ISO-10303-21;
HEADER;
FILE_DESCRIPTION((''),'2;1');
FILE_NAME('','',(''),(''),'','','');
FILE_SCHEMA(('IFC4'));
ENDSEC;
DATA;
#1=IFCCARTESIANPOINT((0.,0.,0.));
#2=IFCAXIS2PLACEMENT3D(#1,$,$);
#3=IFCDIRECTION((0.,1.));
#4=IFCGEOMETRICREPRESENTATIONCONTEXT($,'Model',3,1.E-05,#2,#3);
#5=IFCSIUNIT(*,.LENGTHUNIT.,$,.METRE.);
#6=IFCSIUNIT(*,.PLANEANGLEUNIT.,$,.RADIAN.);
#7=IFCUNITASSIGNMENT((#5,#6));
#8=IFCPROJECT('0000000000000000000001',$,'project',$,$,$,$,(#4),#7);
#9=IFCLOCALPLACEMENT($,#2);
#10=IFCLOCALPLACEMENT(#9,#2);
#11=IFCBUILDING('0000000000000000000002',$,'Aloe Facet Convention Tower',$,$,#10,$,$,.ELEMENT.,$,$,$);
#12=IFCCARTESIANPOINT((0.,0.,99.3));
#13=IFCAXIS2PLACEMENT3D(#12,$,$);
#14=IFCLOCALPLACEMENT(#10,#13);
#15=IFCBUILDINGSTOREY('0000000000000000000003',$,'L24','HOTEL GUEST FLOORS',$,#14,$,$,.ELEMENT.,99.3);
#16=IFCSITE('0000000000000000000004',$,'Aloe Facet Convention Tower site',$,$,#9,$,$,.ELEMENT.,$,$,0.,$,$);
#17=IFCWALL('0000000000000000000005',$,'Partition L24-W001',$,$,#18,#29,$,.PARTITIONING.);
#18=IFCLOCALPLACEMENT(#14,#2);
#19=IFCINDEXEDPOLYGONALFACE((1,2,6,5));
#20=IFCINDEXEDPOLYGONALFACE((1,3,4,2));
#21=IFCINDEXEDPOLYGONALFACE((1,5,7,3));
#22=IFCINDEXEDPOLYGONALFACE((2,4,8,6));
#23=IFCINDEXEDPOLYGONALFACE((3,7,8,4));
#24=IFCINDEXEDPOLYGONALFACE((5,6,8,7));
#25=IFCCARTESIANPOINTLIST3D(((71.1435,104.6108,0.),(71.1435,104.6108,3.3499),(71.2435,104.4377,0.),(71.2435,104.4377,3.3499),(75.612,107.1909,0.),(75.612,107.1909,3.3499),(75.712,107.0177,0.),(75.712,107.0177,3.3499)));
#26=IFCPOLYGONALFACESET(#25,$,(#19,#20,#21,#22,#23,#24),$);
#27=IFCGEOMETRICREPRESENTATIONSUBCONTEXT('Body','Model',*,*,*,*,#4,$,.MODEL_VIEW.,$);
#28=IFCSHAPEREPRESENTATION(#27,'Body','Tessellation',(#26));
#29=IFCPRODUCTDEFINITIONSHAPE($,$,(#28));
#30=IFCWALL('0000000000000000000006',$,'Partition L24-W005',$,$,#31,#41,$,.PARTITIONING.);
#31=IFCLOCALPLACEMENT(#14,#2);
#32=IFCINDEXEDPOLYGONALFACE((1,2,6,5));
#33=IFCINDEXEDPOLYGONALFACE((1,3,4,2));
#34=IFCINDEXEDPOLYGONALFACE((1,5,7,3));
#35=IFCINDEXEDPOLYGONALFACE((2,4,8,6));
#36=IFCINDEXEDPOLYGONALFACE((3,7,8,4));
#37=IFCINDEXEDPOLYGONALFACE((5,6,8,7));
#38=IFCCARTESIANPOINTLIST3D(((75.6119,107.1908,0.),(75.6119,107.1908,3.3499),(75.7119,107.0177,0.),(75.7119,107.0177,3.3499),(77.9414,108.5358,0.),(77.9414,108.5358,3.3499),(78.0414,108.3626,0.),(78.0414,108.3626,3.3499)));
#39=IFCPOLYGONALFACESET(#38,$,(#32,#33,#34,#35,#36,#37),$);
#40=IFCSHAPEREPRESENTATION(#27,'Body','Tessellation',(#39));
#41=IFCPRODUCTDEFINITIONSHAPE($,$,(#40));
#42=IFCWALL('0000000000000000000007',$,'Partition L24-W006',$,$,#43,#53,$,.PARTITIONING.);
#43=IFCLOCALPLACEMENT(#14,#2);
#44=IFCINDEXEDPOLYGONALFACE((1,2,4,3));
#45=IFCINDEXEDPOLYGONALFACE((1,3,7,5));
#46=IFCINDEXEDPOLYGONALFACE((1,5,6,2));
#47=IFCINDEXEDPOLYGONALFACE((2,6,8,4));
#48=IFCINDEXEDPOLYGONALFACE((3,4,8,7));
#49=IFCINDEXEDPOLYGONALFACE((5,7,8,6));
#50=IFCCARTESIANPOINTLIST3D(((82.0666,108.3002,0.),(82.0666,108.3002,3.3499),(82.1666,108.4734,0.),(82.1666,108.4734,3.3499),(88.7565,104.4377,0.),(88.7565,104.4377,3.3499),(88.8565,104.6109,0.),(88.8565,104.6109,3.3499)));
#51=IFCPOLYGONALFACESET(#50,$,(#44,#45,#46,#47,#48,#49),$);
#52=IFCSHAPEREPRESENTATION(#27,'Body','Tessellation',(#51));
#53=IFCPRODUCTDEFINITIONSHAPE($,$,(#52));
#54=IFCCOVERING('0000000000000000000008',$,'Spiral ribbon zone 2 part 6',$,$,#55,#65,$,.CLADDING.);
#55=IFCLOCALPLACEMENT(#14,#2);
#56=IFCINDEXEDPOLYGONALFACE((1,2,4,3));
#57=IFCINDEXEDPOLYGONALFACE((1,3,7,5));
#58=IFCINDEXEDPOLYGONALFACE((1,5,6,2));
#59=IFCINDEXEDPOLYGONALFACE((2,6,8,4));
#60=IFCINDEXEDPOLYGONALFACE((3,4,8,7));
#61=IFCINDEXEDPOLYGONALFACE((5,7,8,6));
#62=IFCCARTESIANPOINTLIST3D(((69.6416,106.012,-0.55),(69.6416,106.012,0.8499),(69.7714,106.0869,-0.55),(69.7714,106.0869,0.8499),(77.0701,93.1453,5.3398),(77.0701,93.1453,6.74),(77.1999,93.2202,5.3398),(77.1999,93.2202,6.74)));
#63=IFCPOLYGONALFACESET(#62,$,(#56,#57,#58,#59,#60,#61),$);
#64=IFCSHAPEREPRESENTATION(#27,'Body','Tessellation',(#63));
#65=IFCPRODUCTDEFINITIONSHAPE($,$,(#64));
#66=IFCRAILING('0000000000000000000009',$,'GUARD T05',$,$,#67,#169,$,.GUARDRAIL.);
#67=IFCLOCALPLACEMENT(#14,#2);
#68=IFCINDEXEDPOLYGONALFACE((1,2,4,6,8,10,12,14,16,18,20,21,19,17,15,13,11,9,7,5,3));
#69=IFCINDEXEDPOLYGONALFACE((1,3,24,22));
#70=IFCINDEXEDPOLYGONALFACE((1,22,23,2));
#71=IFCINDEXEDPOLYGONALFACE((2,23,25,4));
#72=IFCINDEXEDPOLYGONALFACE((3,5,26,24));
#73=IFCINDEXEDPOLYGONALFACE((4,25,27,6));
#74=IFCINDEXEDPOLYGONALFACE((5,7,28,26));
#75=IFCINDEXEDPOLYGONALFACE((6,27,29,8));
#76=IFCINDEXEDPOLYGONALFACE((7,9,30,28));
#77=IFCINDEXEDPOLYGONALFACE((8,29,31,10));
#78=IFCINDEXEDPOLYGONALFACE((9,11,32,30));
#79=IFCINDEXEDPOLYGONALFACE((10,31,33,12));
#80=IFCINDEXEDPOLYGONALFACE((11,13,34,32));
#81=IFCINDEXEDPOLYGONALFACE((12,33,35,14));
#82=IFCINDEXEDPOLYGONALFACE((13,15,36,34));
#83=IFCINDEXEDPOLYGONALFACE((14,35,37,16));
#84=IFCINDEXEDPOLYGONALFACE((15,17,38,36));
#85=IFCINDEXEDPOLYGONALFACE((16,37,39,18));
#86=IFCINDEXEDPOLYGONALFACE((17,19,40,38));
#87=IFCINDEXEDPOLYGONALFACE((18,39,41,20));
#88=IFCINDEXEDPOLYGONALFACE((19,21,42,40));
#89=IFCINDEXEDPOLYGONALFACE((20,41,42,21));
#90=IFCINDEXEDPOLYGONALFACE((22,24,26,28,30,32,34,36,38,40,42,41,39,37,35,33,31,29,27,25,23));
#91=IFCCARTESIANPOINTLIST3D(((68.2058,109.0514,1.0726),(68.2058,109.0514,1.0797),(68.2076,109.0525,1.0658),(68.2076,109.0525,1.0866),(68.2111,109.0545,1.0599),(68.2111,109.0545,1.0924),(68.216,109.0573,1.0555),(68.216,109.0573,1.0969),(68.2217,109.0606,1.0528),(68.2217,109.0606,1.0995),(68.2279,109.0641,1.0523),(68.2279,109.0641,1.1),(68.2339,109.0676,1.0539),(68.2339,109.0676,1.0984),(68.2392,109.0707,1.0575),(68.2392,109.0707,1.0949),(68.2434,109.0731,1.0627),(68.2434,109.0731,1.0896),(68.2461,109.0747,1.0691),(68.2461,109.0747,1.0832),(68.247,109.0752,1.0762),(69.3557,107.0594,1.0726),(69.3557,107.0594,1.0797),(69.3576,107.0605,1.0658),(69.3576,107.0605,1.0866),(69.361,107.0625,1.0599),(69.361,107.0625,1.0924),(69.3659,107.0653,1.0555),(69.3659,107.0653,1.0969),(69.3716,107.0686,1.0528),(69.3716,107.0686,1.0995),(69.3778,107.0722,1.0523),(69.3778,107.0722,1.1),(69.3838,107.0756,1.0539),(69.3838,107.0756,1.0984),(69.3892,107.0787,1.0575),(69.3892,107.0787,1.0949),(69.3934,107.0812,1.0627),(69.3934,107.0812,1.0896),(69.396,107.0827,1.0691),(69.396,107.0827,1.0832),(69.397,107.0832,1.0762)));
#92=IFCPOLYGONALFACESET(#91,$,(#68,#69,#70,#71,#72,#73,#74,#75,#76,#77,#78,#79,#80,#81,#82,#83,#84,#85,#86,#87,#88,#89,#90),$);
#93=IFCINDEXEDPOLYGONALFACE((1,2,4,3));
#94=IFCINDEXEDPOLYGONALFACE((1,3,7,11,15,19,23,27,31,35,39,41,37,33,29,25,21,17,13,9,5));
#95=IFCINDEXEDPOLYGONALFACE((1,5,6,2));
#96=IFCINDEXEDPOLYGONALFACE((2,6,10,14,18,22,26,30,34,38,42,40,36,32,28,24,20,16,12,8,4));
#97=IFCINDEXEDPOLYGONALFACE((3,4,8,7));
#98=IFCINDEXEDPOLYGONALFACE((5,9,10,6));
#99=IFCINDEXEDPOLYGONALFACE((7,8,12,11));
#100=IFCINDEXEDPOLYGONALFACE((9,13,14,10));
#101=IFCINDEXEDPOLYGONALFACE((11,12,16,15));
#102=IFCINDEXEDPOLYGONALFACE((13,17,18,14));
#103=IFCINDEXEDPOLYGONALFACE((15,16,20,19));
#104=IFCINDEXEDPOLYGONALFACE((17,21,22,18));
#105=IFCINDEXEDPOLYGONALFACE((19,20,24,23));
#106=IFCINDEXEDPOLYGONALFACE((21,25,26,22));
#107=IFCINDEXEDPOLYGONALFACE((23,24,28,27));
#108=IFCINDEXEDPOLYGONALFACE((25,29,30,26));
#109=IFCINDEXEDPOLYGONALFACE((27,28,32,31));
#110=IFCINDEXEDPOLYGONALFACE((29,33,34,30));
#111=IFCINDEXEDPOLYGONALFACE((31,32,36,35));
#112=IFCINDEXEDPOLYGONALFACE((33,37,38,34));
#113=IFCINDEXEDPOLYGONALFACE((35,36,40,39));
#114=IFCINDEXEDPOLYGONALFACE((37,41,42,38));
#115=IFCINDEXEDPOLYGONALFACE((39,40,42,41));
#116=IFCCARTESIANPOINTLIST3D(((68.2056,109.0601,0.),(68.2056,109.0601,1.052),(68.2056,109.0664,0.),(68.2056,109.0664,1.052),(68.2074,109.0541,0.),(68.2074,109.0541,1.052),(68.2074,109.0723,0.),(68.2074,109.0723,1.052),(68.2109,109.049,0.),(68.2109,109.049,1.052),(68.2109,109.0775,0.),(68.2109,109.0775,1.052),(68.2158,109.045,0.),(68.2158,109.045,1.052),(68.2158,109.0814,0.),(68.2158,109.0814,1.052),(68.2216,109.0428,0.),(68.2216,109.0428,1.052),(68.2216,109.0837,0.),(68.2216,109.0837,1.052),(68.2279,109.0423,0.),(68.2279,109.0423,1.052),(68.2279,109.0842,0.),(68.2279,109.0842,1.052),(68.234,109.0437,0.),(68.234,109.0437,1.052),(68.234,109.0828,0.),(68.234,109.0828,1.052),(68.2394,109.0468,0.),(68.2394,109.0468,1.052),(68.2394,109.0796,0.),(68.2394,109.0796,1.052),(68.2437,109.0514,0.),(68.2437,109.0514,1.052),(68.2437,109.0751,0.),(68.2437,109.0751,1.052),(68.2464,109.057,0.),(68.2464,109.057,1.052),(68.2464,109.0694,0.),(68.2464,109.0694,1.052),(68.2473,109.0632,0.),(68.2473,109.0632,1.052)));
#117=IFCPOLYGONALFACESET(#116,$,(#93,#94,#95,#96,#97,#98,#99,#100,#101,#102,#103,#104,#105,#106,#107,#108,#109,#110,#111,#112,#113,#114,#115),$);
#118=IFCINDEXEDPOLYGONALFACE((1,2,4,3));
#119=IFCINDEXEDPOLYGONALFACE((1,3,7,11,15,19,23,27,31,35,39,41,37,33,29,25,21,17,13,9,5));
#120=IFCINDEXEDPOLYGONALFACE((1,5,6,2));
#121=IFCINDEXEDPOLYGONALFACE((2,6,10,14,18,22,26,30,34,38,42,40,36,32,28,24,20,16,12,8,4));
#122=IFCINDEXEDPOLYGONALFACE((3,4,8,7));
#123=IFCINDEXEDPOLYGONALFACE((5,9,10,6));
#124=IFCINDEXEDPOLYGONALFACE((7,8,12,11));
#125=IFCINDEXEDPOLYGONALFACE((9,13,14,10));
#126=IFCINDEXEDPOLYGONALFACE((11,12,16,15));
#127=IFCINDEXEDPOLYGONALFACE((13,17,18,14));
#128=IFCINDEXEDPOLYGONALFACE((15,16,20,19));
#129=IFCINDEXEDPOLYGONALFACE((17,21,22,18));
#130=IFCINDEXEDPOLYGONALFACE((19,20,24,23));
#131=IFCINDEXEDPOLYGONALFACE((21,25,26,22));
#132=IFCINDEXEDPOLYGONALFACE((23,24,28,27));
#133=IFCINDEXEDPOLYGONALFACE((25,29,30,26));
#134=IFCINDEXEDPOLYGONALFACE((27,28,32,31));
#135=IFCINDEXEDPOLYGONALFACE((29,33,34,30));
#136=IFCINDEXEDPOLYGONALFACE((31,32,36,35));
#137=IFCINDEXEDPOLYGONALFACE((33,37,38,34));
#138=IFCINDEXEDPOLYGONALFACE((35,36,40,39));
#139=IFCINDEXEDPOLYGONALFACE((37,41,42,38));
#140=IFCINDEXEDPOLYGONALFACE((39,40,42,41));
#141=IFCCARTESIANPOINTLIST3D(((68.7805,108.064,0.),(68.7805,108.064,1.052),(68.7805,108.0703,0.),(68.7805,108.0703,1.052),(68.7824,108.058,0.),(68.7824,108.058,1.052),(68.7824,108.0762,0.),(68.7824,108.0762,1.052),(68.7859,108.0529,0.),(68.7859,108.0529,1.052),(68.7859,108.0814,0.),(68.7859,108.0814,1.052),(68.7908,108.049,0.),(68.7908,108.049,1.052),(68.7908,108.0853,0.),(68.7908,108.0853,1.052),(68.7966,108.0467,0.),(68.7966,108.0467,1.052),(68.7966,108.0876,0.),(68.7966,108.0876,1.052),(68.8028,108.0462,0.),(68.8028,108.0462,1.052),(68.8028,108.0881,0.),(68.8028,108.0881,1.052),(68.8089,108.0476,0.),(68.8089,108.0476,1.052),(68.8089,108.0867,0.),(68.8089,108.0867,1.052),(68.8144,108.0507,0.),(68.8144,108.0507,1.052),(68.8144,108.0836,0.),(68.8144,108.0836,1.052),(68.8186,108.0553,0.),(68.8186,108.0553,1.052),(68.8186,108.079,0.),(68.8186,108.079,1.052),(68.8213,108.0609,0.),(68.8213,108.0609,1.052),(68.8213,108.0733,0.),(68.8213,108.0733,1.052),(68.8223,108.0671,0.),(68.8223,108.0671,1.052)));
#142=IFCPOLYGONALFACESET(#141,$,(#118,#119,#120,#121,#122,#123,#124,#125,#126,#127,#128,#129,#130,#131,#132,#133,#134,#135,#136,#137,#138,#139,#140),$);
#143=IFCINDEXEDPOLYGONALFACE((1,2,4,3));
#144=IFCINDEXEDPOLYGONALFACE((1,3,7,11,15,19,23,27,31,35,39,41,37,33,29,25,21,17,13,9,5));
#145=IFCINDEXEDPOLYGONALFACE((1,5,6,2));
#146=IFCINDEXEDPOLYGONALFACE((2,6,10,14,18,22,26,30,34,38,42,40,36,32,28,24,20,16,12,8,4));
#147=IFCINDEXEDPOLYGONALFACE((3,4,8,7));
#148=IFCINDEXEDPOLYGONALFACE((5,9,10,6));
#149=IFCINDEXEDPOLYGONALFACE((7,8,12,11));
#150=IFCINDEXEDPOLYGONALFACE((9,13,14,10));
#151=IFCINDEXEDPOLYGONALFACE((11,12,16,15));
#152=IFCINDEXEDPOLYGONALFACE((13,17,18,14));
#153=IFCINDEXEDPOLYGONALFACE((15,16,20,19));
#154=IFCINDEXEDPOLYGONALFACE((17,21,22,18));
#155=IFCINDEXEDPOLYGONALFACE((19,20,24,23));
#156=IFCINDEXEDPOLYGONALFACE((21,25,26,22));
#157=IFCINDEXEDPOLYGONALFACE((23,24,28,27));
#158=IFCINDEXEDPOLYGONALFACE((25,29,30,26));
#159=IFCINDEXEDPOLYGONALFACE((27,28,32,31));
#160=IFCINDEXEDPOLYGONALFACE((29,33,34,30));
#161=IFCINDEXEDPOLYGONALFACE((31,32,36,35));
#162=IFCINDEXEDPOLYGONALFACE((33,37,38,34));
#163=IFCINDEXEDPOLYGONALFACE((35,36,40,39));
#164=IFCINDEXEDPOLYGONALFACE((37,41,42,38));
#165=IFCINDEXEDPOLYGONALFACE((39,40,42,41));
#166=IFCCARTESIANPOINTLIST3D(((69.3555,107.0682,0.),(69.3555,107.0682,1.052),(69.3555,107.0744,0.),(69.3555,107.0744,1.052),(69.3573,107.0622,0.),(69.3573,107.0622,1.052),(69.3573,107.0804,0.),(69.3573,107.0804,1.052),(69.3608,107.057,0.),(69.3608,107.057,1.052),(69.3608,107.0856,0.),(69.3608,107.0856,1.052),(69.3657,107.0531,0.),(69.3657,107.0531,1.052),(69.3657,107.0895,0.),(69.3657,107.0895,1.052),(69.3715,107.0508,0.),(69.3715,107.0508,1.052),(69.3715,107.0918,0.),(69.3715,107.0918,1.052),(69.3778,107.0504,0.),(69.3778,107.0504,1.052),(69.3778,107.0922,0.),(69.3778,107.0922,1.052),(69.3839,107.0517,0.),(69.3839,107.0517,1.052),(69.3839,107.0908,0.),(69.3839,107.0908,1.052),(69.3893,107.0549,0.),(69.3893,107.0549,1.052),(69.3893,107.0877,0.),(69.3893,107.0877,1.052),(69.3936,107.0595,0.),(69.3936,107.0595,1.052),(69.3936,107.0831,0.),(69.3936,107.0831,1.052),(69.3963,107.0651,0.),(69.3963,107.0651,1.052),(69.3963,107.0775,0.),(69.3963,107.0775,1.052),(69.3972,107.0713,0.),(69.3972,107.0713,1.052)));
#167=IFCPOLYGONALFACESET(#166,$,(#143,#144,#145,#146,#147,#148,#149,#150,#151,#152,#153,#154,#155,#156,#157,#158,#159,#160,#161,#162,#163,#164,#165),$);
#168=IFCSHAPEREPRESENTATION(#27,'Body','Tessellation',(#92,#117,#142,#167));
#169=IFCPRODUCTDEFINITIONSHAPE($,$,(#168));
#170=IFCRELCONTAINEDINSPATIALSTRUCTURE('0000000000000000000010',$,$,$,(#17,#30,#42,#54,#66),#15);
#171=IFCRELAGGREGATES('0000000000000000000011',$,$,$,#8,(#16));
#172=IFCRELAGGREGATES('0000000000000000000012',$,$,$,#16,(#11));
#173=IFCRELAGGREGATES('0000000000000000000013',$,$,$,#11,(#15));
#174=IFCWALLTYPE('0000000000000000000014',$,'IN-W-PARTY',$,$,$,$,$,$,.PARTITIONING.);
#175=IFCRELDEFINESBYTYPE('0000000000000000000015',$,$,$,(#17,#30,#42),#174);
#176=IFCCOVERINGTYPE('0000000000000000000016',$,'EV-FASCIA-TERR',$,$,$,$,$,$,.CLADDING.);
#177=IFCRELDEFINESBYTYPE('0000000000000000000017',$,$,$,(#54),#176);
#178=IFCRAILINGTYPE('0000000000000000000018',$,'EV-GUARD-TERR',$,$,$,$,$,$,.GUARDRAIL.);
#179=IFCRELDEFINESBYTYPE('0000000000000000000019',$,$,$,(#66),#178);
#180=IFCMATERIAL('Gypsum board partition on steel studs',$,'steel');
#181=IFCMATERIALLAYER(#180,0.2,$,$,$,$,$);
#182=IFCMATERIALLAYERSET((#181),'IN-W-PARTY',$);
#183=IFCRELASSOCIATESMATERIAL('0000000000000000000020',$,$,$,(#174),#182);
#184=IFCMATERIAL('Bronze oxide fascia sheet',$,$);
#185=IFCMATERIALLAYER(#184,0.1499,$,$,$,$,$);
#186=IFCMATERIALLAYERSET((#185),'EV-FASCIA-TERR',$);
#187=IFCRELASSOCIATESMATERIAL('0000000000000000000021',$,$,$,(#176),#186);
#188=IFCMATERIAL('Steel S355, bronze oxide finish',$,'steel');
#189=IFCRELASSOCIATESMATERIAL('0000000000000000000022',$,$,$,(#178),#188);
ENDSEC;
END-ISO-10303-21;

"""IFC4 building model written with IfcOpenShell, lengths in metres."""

from ifc_helpers import new_model, si_unit, direction, frame, frame_2d, origin, origin_2d, place, context, subcontext, project, spatial, polyline, rectangle, circle, outline, extrude, material, layer, layer_set, type_object, element, save


model = new_model("IFC4")

# Units and contexts
model_context = context("Model", 3, precision=1e-05, world=origin(), true_north=direction((0.0, 1.0)))
body_context = subcontext(model_context, "Body", "Model", "MODEL_VIEW")
ifc_project = project(units=[si_unit("LENGTHUNIT", "METRE"), si_unit("PLANEANGLEUNIT", "RADIAN")], contexts=[model_context])

# Site, building, storey
site_placement = place(None, origin())
site = spatial("IfcSite", under=ifc_project, at=site_placement, Name="Aloe Facet Convention Tower site", CompositionType="ELEMENT", RefElevation=0.0)
building_placement = place(site_placement, origin())
building = spatial("IfcBuilding", under=site, at=building_placement, Name="Aloe Facet Convention Tower", CompositionType="ELEMENT")
storey_placement = place(building_placement, frame((0.0, 0.0, 99.3)))
storey = spatial("IfcBuildingStorey", under=building, at=storey_placement, Name="L24", Description="HOTEL GUEST FLOORS", CompositionType="ELEMENT", Elevation=99.3)

# Walls
ifc_material_1 = material(Name="Gypsum board partition on steel studs", Category="steel")
ifc_layer_1 = layer(ifc_material_1, 0.2)
ifc_layer_set_1 = layer_set([ifc_layer_1], Name="IN-W-PARTY")
wall_type_1 = type_object("IfcWallType", Name="IN-W-PARTY", PredefinedType="PARTITIONING", material=ifc_layer_set_1)
wall_1_placement = place(storey_placement, frame((71.1934, 104.5242, 0.0), z_axis=(0.0, 0.0, 1.0), x_axis=(0.86601, 0.500027, 0.0)))
element("IfcWall", 1, at=wall_1_placement, inside=storey, type_object=wall_type_1, Name="Partition L24-W001", PredefinedType="PARTITIONING", context=body_context, shape_type="SweptSolid", body=[
    extrude(rectangle(XDim=5.1599, YDim=0.2, at=frame_2d((2.5801, 0.0))), origin(), (0.0, 0.0, 1.0), 3.3499),
])
wall_2_placement = place(storey_placement, frame((75.6619, 107.1042, 0.0), z_axis=(0.0, 0.0, 1.0), x_axis=(0.866028, 0.499995, 0.0)))
element("IfcWall", 2, at=wall_2_placement, inside=storey, type_object=wall_type_1, Name="Partition L24-W005", PredefinedType="PARTITIONING", context=body_context, shape_type="SweptSolid", body=[
    extrude(rectangle(XDim=2.6899, YDim=0.2, at=frame_2d((1.345, 0.0))), origin(), (0.0, 0.0, 1.0), 3.3499),
])
wall_3_placement = place(storey_placement, frame((82.1167, 108.3867, 0.0), z_axis=(0.0, 0.0, 1.0), x_axis=(0.866019, -0.500011, 0.0)))
element("IfcWall", 3, at=wall_3_placement, inside=storey, type_object=wall_type_1, Name="Partition L24-W006", PredefinedType="PARTITIONING", context=body_context, shape_type="SweptSolid", body=[
    extrude(rectangle(XDim=7.7249, YDim=0.2, at=frame_2d((3.8623, 0.0))), origin(), (0.0, 0.0, 1.0), 3.3499),
])

# Covering
ifc_material_2 = material(Name="Bronze oxide fascia sheet")
ifc_layer_2 = layer(ifc_material_2, 0.1499)
ifc_layer_set_2 = layer_set([ifc_layer_2], Name="EV-FASCIA-TERR")
covering_type = type_object("IfcCoveringType", Name="EV-FASCIA-TERR", PredefinedType="CLADDING", material=ifc_layer_set_2)
covering_placement = place(storey_placement, frame((69.6416, 106.012, -0.55), z_axis=(-0.866029, -0.499994, 0.0), x_axis=(0.464802, -0.805073, 0.368532)))
element("IfcCovering", 4, at=covering_placement, inside=storey, type_object=covering_type, Name="Spiral ribbon zone 2 part 6", PredefinedType="CLADDING", context=body_context, shape_type="SweptSolid", body=[
    extrude(outline(polyline([(0.0, 0.0), (15.982, 0.0), (16.498, 1.3016), (0.5159, 1.3014), (0.0, 0.0)])), origin(), (0.0, 0.0, -1.0), 0.1499),
])

# Railing
ifc_material_3 = material(Name="Steel S355, bronze oxide finish", Category="steel")
railing_type = type_object("IfcRailingType", Name="EV-GUARD-TERR", PredefinedType="GUARDRAIL", material=ifc_material_3)
railing_placement = place(storey_placement, frame((68.2263, 109.0632, 0.0)))
element("IfcRailing", 5, at=railing_placement, inside=storey, type_object=railing_type, Name="GUARD T05", PredefinedType="GUARDRAIL", context=body_context, shape_type="SweptSolid", body=[
    extrude(circle(Radius=0.0239, at=origin_2d()), frame((0.0, 0.0, 1.0762), z_axis=(0.499952, -0.866053, 0.0), x_axis=(0.866053, 0.499952, 0.0)), (0.0, 0.0, 1.0), 2.3),
    extrude(circle(Radius=0.021, at=origin_2d()), origin(), (0.0, 0.0, 1.0), 1.052),
    extrude(circle(Radius=0.021, at=origin_2d()), frame((0.575, -0.9961, 0.0)), (0.0, 0.0, 1.0), 1.052),
    extrude(circle(Radius=0.021, at=origin_2d()), frame((1.1499, -1.9919, 0.0)), (0.0, 0.0, 1.0), 1.052),
])

save(model, "model.ifc")
